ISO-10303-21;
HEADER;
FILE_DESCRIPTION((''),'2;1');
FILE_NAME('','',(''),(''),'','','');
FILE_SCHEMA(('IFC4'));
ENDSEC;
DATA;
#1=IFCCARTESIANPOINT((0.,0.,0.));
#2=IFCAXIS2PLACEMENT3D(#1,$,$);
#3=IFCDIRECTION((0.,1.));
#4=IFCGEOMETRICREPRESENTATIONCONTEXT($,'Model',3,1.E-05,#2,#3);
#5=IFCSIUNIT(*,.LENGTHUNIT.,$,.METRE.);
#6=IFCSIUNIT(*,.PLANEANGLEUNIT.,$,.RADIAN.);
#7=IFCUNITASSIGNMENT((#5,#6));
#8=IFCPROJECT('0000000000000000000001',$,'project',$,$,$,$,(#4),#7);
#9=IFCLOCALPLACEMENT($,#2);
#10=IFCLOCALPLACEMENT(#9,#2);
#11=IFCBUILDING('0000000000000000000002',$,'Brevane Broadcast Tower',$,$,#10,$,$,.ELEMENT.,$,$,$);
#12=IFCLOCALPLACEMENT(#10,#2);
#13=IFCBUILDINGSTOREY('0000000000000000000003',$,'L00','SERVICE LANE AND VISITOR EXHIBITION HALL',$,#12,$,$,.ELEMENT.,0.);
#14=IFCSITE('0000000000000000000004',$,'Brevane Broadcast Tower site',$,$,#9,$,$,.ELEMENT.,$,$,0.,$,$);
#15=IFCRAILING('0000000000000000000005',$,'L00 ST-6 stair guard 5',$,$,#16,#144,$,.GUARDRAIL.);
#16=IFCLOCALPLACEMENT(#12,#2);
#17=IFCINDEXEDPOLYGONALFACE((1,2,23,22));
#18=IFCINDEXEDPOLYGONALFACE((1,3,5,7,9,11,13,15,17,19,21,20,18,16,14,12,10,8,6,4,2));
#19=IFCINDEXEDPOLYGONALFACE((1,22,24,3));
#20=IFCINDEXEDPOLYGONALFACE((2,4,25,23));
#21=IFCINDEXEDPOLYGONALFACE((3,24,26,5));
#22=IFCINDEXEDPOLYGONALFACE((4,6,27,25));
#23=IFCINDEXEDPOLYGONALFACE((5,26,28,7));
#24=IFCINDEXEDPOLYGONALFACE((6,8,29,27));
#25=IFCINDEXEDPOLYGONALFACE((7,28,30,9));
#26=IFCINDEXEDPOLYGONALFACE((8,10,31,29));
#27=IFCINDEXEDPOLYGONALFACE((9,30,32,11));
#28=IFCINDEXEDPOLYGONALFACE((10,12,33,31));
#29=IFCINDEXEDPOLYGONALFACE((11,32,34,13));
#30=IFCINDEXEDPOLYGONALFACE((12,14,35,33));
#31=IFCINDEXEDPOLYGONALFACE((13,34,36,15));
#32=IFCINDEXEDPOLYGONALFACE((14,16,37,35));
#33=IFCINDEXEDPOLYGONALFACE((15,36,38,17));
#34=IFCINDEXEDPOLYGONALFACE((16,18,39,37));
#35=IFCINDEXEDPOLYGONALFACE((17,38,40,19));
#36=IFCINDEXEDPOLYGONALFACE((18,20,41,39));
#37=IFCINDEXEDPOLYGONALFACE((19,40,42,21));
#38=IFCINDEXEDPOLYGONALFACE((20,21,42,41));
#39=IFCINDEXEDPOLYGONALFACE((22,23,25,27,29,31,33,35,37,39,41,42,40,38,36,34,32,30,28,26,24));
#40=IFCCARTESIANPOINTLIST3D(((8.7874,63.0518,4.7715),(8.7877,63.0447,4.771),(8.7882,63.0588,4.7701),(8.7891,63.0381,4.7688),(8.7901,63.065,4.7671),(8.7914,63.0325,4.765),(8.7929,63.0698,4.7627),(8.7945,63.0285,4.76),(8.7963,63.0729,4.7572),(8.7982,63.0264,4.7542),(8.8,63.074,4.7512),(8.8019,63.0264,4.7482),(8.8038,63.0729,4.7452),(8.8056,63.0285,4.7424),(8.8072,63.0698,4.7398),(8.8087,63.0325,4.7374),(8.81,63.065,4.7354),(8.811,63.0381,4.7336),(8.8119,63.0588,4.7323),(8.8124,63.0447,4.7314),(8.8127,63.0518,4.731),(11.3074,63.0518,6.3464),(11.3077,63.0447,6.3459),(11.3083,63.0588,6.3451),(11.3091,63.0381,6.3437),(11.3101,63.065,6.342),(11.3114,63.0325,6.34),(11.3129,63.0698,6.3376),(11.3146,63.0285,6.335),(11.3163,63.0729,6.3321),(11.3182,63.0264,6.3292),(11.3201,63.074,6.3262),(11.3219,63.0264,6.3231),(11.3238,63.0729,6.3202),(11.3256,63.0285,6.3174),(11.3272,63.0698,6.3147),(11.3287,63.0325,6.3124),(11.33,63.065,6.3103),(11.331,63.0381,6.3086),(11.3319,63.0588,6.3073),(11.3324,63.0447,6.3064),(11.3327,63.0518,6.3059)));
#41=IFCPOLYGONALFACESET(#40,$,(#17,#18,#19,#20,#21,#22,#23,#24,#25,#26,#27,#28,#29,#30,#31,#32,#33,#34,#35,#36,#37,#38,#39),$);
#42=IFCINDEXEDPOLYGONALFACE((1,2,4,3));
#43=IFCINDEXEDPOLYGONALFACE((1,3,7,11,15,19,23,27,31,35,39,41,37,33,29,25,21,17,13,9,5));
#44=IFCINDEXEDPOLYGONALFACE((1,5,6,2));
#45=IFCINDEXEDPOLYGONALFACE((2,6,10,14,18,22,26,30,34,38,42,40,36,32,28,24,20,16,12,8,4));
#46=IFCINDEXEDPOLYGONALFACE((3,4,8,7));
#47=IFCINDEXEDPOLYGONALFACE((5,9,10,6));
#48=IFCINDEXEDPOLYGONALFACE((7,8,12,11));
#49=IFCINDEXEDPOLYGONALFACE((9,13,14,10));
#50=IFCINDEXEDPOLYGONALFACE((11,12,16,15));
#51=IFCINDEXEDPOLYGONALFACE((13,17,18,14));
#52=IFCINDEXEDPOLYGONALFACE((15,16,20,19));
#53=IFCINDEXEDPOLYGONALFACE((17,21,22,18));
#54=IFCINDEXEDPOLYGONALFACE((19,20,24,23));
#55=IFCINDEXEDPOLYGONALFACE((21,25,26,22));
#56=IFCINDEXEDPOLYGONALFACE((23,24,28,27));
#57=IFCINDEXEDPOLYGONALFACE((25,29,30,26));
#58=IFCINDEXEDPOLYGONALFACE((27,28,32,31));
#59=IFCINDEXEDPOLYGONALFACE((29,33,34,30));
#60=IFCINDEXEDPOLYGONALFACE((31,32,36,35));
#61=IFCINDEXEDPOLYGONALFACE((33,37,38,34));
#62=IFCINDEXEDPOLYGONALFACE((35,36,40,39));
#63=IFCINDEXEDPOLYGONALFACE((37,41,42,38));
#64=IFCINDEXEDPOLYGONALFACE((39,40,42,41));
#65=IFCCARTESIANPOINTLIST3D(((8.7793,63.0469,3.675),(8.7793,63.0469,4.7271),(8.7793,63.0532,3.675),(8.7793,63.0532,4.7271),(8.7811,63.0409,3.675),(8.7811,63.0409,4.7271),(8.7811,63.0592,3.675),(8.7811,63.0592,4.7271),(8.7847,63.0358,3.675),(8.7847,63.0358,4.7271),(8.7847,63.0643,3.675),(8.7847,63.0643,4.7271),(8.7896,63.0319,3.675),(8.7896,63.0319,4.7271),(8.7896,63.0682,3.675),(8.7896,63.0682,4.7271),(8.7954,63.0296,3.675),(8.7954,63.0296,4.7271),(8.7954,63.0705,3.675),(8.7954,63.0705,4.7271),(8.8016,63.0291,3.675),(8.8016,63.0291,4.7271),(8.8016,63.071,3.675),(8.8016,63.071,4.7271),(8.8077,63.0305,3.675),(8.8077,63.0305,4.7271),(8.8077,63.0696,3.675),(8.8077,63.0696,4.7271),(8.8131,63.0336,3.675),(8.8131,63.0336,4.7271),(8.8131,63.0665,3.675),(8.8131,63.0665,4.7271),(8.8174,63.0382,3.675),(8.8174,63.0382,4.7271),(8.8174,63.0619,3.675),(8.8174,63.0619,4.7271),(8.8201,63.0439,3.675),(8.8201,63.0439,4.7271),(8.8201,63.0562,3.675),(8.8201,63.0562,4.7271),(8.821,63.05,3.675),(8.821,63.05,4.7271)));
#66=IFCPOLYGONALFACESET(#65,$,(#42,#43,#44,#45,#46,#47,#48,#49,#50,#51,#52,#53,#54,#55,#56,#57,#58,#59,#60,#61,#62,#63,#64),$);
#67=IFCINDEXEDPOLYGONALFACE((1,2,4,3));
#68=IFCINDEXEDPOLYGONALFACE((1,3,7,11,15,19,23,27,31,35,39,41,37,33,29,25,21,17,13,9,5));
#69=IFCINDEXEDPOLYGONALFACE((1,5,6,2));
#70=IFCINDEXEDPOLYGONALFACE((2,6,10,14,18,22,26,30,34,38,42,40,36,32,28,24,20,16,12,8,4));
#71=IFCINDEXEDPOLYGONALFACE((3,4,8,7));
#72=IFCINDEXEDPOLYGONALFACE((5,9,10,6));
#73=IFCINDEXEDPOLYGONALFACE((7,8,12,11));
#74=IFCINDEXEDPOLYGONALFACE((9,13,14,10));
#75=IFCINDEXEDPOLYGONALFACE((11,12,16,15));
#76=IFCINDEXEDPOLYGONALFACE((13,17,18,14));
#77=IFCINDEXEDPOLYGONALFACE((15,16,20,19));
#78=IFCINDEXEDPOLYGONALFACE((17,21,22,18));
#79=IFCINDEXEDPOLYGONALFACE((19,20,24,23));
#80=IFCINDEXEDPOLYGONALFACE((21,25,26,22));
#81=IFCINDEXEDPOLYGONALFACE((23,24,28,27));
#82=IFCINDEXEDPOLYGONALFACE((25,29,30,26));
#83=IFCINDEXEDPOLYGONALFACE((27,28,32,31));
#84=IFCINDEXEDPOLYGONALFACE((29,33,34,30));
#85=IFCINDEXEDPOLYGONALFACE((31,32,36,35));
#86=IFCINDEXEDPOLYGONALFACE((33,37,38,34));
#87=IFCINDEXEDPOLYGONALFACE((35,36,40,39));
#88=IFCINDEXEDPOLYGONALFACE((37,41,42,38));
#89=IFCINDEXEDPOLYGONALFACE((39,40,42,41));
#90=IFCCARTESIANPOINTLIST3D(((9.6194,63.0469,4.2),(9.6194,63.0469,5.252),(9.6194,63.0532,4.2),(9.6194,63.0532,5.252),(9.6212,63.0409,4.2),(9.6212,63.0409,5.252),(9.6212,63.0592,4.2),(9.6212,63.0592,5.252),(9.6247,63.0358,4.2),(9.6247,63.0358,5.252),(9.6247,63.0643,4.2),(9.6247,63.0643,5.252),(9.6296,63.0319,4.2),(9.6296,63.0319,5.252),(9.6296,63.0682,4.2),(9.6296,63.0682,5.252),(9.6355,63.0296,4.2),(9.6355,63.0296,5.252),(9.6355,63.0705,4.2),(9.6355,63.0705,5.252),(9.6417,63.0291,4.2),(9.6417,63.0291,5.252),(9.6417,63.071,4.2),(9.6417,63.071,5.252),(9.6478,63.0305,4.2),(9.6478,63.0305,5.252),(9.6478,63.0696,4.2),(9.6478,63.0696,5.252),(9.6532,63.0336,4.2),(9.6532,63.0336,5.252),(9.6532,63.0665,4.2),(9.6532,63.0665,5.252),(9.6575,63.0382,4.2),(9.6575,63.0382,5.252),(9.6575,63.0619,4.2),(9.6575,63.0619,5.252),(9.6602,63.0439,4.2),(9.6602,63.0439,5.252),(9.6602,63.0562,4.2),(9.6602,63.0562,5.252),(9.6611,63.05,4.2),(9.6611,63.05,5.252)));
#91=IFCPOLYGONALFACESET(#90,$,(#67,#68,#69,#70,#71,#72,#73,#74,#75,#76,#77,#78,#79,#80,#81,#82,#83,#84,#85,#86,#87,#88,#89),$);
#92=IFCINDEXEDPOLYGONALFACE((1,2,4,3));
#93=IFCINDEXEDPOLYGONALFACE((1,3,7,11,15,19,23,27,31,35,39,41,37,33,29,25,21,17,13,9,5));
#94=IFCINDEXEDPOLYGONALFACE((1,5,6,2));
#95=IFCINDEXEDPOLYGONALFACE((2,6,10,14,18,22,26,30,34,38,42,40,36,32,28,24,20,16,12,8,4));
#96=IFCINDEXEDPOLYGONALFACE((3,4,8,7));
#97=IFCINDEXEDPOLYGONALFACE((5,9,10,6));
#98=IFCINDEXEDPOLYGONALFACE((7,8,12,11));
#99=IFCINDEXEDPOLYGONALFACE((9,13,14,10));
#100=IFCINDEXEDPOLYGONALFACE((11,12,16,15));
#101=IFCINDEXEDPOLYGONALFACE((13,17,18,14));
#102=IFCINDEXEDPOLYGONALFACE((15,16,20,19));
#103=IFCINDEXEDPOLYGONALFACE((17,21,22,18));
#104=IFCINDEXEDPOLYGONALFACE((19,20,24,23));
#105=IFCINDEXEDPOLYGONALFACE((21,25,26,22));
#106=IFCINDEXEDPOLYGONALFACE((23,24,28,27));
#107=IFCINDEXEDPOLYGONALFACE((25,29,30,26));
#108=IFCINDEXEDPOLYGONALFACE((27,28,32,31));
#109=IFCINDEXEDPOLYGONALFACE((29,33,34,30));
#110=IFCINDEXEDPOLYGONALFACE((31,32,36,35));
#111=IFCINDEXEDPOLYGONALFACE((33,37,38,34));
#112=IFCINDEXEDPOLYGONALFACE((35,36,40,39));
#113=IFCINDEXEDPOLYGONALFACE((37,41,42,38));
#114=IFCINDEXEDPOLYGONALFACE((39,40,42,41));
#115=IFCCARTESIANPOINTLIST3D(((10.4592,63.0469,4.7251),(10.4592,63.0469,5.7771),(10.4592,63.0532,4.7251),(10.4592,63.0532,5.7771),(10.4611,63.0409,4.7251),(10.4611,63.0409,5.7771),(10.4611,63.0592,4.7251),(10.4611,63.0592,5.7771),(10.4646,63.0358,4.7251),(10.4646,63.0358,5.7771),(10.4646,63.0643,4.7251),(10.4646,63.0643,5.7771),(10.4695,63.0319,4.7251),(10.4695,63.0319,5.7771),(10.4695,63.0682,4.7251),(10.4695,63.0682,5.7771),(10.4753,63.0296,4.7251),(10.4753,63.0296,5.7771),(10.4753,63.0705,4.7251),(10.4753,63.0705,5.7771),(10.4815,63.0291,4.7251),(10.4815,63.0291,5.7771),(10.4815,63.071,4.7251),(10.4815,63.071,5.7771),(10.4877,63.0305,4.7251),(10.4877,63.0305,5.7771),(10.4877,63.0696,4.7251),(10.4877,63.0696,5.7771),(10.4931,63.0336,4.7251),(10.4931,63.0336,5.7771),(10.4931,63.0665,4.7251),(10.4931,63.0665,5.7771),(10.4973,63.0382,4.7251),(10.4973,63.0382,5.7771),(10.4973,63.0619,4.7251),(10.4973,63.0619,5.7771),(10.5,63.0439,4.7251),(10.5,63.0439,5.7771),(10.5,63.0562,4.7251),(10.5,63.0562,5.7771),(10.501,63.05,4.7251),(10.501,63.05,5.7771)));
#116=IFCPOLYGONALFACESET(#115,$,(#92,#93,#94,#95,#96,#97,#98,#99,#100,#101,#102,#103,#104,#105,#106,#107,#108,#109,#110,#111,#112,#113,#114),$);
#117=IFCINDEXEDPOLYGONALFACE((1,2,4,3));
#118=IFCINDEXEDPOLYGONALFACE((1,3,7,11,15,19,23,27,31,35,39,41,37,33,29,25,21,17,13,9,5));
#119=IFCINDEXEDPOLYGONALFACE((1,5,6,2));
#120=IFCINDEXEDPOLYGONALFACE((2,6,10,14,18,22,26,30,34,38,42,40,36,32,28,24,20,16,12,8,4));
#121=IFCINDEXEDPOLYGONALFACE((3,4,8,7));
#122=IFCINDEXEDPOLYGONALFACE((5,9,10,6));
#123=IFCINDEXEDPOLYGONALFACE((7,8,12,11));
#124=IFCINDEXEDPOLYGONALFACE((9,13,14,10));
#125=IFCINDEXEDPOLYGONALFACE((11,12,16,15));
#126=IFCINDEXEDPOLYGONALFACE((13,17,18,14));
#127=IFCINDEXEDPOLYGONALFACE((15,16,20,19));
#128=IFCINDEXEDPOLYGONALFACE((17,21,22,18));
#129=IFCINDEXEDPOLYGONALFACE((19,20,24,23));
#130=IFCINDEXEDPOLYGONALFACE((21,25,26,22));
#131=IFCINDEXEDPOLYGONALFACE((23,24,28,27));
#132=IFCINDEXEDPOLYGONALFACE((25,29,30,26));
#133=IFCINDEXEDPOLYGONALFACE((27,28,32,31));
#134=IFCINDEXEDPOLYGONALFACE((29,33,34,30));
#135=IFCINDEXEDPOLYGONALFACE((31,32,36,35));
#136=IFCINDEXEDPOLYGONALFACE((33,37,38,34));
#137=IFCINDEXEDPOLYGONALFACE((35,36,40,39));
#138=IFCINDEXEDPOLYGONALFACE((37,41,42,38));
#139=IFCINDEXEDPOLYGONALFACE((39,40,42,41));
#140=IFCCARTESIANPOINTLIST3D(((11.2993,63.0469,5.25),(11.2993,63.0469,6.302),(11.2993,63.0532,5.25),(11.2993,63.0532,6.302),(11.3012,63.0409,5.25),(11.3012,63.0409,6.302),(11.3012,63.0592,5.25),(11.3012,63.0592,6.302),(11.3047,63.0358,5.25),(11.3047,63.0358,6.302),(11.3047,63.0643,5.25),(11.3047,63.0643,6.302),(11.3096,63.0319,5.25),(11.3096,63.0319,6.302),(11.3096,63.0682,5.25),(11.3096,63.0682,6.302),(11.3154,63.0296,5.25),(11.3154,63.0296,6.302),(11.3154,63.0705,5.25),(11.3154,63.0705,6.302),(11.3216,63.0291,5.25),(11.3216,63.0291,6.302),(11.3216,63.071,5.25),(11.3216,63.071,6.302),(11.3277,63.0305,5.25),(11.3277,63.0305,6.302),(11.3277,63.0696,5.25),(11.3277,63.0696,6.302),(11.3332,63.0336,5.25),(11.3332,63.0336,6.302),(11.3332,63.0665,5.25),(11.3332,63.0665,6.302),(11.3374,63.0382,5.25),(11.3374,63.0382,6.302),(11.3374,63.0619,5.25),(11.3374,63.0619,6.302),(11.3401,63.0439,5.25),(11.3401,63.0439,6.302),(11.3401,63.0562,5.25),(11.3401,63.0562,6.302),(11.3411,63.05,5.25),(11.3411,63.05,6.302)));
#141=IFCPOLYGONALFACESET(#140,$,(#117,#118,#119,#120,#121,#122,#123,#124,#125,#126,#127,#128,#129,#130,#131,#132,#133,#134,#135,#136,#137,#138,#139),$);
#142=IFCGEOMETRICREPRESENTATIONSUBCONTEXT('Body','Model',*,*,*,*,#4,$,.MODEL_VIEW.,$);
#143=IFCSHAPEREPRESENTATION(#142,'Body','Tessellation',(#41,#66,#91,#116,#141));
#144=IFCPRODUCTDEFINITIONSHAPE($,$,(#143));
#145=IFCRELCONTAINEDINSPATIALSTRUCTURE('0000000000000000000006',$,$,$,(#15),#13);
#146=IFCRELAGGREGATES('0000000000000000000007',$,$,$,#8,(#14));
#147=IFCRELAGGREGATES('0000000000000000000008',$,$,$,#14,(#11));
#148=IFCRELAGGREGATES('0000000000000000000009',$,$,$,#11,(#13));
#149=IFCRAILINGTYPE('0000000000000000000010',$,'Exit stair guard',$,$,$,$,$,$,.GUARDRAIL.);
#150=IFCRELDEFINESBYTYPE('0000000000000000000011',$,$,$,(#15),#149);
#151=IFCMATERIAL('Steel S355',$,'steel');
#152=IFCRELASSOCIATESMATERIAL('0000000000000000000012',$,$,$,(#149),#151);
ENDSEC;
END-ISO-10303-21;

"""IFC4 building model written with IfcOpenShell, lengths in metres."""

from ifc_helpers import new_model, si_unit, direction, frame, origin, origin_2d, place, context, subcontext, project, spatial, circle, extrude, material, type_object, element, save


model = new_model("IFC4")

# Units and contexts
model_context = context("Model", 3, precision=1e-05, world=origin(), true_north=direction((0.0, 1.0)))
body_context = subcontext(model_context, "Body", "Model", "MODEL_VIEW")
ifc_project = project(units=[si_unit("LENGTHUNIT", "METRE"), si_unit("PLANEANGLEUNIT", "RADIAN")], contexts=[model_context])

# Site, building, storey
site_placement = place(None, origin())
site = spatial("IfcSite", under=ifc_project, at=site_placement, Name="Brevane Broadcast Tower site", CompositionType="ELEMENT", RefElevation=0.0)
building_placement = place(site_placement, origin())
building = spatial("IfcBuilding", under=site, at=building_placement, Name="Brevane Broadcast Tower", CompositionType="ELEMENT")
storey_placement = place(building_placement, origin())
storey = spatial("IfcBuildingStorey", under=building, at=storey_placement, Name="L00", Description="SERVICE LANE AND VISITOR EXHIBITION HALL", CompositionType="ELEMENT", Elevation=0.0)

# Railing
ifc_material_1 = material(Name="Steel S355", Category="steel")
railing_type_1 = type_object("IfcRailingType", Name="Exit stair guard", PredefinedType="GUARDRAIL", material=ifc_material_1)
railing_1_placement = place(storey_placement, frame((8.8, 63.05, 3.675)))
element("IfcRailing", 1, at=railing_1_placement, inside=storey, type_object=railing_type_1, Name="L00 ST-6 stair guard 5", PredefinedType="GUARDRAIL", context=body_context, shape_type="SweptSolid", body=[
    extrude(circle(Radius=0.0239, at=origin_2d()), frame((0.0, 0.0, 1.0762), z_axis=(0.848008, 0.0, 0.529984), x_axis=(0.0, 1.0, 0.0)), (0.0, 0.0, 1.0), 2.9717),
    extrude(circle(Radius=0.021, at=origin_2d()), origin(), (0.0, 0.0, 1.0), 1.052),
    extrude(circle(Radius=0.021, at=origin_2d()), frame((0.8401, 0.0, 0.5249)), (0.0, 0.0, 1.0), 1.052),
    extrude(circle(Radius=0.021, at=origin_2d()), frame((1.6799, 0.0, 1.05)), (0.0, 0.0, 1.0), 1.052),
    extrude(circle(Radius=0.021, at=origin_2d()), frame((2.52, 0.0, 1.575)), (0.0, 0.0, 1.0), 1.052),
])

save(model, "model.ifc")
